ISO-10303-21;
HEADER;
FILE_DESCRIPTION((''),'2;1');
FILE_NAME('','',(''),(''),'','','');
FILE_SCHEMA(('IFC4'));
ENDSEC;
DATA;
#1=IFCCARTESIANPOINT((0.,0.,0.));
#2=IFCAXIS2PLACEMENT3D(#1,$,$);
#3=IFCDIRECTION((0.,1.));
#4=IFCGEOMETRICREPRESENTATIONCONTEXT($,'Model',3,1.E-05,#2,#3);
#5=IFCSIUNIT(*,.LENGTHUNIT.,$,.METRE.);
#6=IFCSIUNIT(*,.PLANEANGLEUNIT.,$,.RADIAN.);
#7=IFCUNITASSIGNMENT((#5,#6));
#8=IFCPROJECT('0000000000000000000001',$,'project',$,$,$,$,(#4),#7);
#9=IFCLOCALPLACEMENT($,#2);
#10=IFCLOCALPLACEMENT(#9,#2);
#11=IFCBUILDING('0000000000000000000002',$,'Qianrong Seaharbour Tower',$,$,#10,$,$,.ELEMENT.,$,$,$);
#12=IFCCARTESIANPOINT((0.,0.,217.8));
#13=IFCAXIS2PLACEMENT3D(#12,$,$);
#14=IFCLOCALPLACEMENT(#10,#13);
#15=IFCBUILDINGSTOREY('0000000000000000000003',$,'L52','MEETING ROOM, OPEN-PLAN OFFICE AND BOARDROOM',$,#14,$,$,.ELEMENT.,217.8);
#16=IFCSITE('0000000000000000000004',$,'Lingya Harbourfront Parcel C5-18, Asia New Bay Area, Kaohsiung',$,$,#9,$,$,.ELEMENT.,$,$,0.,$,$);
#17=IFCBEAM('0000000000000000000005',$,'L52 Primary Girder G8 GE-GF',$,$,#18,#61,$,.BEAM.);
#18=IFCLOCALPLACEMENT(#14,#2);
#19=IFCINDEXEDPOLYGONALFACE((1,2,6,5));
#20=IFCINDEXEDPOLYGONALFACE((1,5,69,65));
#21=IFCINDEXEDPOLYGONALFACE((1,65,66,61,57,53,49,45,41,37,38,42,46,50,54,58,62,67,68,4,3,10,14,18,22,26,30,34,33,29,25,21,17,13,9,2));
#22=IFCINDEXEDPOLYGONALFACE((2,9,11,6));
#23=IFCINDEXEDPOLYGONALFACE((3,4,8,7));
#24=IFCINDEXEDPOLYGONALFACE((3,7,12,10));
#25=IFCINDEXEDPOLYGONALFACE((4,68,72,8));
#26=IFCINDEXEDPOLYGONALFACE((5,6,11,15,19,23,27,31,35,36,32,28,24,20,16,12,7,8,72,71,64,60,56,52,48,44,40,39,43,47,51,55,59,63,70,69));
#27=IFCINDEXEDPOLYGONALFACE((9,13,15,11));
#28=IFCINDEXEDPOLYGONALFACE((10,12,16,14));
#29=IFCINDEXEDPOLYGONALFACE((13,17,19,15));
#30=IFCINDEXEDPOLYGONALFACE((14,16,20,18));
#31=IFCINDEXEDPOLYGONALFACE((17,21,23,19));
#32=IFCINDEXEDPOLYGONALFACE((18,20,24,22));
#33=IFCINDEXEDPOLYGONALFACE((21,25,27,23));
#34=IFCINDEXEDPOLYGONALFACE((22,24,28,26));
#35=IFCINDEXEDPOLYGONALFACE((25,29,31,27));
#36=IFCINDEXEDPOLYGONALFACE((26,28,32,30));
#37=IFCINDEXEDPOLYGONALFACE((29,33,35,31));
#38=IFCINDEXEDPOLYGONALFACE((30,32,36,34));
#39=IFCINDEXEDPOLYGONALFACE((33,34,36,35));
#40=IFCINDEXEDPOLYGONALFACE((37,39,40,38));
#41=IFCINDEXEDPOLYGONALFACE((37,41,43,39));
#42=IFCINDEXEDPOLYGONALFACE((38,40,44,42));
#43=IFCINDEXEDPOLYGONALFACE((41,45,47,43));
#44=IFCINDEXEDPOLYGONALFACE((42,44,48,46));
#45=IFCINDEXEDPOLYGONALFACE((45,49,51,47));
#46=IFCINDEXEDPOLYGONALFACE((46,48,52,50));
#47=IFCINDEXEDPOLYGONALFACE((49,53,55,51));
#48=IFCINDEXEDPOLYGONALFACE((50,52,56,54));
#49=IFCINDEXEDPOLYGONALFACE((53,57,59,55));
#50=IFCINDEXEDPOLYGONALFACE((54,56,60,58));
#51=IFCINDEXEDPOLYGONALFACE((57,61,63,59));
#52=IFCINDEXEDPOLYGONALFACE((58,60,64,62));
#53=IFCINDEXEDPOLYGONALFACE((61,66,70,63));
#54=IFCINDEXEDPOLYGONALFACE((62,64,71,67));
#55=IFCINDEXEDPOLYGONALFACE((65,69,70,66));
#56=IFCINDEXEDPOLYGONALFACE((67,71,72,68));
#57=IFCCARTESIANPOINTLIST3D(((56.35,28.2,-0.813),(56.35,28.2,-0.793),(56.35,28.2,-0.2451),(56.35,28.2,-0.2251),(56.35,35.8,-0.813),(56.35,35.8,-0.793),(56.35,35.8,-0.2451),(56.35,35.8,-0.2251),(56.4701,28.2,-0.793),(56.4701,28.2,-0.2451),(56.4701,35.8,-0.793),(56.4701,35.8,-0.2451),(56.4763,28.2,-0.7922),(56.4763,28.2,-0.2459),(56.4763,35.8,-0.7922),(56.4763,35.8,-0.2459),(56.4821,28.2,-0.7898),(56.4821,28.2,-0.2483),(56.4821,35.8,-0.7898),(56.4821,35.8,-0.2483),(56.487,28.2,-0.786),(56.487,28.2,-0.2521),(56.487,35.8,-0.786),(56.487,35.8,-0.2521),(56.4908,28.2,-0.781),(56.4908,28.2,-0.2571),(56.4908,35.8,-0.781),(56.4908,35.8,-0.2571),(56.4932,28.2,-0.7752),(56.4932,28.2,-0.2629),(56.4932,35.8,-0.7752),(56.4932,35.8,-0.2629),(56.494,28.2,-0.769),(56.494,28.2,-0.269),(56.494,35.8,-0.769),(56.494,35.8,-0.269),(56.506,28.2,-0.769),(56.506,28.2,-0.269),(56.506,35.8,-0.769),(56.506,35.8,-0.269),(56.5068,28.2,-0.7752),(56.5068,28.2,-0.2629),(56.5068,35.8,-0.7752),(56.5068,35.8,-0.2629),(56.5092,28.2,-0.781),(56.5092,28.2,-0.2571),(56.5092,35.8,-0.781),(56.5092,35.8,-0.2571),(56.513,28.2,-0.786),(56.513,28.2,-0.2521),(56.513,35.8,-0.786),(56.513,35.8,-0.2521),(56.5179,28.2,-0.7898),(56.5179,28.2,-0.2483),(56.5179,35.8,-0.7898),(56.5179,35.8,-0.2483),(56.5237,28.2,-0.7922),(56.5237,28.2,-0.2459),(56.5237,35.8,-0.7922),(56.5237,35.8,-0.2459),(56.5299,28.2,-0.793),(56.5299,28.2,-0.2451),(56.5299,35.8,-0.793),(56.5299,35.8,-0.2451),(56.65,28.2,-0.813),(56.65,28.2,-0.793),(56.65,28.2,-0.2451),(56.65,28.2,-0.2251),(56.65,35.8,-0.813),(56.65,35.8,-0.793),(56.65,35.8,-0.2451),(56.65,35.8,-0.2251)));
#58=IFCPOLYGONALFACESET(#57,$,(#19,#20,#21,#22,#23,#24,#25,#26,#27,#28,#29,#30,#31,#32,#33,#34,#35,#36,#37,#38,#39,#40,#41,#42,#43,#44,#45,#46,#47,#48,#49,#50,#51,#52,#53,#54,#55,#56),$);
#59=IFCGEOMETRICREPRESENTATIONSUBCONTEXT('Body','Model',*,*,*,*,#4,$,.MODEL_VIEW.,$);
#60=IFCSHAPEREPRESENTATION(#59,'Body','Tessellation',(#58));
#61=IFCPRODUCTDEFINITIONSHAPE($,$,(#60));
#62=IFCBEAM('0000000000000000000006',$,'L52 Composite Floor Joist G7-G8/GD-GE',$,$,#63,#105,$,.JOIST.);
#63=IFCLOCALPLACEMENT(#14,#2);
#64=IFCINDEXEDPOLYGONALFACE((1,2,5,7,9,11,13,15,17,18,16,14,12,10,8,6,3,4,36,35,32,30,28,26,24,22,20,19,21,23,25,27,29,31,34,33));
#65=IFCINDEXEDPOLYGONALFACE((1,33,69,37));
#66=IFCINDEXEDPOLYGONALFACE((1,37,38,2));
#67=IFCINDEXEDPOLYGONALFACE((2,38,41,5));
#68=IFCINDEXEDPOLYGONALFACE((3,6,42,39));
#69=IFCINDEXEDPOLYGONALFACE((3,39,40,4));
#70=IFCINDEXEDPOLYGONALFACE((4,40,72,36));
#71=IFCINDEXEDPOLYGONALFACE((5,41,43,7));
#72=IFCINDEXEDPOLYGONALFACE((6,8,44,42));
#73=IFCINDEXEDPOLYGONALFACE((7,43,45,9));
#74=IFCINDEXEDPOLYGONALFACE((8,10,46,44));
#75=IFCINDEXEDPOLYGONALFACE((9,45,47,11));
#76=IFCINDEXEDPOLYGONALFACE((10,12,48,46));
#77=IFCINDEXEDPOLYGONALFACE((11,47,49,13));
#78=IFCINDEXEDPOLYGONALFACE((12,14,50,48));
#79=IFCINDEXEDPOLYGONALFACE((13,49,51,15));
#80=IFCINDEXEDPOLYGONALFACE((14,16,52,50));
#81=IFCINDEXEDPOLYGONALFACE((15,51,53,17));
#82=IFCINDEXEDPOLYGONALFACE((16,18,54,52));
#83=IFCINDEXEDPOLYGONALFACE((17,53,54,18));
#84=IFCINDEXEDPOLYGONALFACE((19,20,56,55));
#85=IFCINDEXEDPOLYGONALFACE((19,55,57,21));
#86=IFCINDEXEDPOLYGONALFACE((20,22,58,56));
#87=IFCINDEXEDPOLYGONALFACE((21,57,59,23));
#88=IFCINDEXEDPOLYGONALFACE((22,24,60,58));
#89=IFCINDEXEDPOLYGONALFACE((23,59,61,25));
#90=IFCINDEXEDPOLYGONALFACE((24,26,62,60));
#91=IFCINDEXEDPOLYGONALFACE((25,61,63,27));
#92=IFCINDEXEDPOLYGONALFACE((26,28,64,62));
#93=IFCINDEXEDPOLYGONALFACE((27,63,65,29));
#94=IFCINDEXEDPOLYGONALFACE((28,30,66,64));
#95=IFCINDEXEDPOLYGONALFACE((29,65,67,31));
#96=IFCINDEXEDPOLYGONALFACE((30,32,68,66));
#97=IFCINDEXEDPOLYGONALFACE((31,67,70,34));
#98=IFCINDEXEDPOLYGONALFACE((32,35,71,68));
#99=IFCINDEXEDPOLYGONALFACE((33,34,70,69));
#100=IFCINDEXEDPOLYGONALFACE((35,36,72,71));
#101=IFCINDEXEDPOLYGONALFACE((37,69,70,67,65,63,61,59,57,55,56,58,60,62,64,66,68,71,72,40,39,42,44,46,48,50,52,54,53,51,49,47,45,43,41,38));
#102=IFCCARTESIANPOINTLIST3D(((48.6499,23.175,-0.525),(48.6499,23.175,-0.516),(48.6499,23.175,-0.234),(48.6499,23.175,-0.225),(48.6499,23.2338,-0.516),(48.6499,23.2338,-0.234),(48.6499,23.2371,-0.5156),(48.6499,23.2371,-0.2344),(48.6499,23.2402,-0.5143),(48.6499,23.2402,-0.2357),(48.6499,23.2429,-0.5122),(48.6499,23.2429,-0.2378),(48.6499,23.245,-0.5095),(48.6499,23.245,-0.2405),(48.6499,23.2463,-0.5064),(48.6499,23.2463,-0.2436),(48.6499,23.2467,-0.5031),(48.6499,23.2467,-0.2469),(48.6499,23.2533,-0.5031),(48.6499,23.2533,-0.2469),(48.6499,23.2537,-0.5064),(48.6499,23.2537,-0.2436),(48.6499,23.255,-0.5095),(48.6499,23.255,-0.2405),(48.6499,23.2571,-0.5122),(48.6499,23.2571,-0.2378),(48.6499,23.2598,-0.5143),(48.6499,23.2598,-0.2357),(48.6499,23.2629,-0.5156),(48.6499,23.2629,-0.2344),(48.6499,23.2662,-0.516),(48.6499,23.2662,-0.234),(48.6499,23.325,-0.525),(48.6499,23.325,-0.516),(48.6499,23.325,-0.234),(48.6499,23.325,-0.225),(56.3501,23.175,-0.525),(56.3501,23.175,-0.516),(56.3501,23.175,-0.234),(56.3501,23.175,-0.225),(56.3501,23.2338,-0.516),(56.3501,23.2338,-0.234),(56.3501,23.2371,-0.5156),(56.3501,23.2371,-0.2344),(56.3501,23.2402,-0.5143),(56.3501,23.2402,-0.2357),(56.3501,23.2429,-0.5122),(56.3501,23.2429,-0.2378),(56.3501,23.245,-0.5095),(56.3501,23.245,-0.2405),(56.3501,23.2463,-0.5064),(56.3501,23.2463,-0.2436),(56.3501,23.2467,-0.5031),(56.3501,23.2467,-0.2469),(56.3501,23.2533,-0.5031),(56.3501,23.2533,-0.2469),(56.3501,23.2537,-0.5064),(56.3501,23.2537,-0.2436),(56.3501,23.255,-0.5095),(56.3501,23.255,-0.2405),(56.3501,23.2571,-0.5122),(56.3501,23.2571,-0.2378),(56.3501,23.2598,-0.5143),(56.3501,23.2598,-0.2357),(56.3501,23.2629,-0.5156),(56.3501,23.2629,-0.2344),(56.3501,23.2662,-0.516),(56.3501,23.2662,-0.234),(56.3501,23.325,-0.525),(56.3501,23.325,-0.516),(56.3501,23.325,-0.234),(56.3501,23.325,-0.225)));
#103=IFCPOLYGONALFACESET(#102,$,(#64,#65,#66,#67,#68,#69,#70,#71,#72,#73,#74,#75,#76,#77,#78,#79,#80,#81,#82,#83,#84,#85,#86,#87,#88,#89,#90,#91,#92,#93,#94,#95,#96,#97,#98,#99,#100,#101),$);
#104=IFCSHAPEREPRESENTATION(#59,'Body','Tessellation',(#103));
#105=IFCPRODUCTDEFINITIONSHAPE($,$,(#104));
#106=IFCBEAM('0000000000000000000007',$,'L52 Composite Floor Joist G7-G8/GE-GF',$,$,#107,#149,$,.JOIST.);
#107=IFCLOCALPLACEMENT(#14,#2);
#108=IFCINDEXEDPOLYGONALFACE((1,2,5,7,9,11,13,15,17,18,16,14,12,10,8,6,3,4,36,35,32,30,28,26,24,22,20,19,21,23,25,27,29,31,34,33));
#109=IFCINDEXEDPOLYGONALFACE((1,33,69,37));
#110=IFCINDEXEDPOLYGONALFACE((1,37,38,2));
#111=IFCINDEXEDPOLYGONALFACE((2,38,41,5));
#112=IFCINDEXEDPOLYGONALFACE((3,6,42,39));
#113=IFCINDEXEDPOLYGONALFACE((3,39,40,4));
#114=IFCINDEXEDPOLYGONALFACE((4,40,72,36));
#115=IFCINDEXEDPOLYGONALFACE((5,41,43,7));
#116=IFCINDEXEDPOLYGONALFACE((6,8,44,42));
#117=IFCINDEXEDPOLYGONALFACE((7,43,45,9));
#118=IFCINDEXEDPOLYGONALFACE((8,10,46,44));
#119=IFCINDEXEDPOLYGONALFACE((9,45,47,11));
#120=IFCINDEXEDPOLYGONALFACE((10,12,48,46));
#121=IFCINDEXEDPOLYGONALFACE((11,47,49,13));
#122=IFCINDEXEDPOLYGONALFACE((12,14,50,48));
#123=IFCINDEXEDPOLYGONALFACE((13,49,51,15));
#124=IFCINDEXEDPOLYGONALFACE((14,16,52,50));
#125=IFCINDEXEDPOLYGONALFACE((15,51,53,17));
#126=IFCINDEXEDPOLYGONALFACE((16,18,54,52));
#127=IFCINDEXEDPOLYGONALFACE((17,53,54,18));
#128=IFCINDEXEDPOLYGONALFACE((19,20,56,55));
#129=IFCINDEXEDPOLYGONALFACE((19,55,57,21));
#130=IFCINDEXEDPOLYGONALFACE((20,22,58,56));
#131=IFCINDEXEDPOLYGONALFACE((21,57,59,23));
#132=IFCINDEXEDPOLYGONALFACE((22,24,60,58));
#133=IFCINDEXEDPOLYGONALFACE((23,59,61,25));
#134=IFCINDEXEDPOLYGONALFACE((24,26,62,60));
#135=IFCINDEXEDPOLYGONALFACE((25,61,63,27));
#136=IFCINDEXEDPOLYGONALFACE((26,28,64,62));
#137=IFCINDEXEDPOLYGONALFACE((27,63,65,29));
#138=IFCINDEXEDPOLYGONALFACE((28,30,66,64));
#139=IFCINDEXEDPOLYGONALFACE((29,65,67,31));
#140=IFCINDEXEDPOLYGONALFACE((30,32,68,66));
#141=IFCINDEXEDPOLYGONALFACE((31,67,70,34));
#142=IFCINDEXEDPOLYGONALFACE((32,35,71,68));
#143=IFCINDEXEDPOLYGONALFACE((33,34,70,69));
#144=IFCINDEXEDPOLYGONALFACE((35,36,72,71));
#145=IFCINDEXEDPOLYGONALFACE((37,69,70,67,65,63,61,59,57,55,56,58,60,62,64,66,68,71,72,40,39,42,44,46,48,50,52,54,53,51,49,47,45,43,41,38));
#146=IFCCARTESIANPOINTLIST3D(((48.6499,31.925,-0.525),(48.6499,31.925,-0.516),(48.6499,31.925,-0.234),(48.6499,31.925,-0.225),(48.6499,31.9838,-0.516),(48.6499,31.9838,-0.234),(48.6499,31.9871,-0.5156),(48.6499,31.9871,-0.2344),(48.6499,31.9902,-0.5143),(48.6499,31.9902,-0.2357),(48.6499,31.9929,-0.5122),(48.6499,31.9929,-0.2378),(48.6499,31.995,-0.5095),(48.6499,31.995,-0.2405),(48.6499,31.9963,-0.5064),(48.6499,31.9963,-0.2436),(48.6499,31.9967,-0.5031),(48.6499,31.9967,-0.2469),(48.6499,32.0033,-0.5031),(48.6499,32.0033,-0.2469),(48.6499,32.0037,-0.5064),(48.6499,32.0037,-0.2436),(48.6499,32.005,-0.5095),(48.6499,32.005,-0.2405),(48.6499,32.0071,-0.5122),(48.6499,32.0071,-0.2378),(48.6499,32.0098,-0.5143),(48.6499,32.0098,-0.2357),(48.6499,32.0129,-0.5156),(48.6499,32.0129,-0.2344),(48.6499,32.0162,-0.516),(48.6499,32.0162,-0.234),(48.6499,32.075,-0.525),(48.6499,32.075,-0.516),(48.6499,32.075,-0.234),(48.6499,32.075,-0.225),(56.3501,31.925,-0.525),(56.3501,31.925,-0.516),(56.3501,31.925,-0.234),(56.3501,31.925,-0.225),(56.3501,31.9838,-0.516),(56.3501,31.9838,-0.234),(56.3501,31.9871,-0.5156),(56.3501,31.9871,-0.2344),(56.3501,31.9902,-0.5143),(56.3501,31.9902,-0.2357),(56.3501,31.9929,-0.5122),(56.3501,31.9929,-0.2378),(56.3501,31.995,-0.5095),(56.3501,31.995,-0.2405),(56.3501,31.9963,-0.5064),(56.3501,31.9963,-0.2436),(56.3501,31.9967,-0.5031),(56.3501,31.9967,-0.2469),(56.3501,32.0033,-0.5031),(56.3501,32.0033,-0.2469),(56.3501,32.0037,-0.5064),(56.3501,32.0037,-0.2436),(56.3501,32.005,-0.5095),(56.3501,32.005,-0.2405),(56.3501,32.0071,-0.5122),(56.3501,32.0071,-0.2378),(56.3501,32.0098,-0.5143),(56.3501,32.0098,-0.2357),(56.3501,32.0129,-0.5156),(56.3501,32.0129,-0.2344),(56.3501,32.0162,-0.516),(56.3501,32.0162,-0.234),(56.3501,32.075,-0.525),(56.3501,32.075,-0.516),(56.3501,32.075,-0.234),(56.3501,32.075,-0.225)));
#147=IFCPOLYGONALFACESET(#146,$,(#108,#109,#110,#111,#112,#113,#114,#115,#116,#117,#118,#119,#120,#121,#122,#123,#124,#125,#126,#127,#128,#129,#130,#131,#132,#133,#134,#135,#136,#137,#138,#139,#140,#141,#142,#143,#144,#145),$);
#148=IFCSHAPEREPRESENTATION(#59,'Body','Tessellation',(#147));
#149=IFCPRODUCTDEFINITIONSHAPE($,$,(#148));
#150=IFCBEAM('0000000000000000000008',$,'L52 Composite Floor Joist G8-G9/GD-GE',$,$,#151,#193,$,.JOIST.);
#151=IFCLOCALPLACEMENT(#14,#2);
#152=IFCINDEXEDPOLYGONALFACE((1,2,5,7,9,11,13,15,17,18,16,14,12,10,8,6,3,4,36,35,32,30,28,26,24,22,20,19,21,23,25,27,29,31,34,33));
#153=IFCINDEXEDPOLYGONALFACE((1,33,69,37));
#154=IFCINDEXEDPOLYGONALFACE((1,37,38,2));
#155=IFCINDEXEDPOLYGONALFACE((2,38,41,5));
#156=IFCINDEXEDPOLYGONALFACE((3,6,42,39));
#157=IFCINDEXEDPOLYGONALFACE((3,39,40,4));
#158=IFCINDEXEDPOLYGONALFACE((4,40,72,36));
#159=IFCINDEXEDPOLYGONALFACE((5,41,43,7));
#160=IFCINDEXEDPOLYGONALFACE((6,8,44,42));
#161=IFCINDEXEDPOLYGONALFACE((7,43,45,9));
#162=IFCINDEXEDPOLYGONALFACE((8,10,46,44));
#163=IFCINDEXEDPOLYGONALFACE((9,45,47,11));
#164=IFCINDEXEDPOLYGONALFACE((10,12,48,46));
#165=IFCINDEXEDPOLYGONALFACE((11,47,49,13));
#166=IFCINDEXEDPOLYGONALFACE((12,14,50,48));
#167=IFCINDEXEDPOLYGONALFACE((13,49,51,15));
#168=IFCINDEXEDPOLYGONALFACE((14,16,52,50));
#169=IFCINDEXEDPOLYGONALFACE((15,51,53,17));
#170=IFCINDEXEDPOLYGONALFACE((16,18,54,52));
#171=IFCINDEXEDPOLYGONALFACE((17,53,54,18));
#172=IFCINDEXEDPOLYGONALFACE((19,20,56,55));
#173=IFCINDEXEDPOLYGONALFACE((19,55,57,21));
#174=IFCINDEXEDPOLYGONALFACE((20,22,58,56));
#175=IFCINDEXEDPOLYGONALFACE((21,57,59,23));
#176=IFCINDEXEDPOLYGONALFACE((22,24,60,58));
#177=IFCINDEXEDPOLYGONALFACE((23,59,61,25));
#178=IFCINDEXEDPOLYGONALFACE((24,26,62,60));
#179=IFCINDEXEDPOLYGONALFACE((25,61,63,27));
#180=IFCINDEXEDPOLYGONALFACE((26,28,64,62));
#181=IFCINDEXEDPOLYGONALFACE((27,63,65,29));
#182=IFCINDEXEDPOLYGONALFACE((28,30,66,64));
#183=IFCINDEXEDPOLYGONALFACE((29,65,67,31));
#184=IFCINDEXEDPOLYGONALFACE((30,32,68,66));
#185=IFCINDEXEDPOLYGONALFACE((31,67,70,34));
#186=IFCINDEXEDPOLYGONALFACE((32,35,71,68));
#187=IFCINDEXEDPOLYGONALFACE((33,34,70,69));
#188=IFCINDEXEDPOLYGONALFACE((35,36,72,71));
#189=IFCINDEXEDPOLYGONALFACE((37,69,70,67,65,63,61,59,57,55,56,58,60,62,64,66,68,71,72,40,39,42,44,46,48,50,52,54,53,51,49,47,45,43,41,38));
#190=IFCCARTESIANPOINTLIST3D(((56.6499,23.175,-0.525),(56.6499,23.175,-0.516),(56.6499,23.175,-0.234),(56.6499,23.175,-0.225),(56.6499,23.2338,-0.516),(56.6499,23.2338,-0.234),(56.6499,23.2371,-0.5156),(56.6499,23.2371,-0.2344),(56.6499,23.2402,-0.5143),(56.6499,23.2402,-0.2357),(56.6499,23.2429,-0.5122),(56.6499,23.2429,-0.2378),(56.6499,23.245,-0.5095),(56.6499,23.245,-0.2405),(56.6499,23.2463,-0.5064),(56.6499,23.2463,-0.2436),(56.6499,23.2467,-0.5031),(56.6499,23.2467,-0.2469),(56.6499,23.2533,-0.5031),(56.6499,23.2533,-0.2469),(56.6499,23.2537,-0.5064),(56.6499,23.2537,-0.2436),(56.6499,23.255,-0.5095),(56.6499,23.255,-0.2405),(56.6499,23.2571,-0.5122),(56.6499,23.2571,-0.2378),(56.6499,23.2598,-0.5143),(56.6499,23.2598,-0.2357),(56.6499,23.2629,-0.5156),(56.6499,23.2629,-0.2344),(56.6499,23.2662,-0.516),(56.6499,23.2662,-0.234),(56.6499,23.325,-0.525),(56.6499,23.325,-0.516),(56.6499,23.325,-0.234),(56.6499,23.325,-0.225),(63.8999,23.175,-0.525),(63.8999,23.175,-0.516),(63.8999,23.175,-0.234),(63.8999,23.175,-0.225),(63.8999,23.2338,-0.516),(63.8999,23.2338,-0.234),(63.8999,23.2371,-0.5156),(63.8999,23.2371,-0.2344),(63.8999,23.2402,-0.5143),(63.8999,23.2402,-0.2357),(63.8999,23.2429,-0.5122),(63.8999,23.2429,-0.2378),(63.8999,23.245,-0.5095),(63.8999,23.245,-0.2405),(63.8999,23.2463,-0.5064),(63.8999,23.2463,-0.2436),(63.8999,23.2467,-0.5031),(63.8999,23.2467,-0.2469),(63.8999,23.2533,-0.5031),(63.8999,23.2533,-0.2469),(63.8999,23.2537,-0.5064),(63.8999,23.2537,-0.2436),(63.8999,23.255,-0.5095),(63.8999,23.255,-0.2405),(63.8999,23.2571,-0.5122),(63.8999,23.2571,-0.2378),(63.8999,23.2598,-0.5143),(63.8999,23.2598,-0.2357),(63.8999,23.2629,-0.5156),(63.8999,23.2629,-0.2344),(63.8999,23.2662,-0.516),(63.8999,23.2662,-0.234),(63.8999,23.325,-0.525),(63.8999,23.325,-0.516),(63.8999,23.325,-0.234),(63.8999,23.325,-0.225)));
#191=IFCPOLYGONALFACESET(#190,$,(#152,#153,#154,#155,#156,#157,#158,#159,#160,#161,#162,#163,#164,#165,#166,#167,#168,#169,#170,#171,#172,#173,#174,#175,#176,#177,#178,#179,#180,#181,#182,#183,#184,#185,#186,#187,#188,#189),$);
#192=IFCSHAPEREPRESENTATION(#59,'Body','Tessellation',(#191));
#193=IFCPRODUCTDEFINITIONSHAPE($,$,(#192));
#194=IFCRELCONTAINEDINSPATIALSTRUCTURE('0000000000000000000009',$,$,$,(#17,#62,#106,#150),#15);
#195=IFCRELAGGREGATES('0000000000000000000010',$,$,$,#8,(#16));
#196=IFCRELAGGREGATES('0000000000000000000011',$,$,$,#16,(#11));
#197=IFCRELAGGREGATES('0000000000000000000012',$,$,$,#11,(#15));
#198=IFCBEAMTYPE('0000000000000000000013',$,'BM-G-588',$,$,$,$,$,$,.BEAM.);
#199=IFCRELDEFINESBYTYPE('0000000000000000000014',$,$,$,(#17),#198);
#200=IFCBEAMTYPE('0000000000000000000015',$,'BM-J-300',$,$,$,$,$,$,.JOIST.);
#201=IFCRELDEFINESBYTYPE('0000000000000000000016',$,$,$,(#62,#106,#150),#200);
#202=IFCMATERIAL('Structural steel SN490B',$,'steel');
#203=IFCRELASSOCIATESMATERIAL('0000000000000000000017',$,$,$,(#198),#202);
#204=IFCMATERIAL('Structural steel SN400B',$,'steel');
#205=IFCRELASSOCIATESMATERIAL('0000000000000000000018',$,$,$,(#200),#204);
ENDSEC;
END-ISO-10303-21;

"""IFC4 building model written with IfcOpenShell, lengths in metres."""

from ifc_helpers import new_model, si_unit, direction, frame, origin, origin_2d, place, context, subcontext, project, spatial, i_section, extrude, material, material_profile, profile_set, type_object, element, save


model = new_model("IFC4")

# Units and contexts
model_context = context("Model", 3, precision=1e-05, world=origin(), true_north=direction((0.0, 1.0)))
body_context = subcontext(model_context, "Body", "Model", "MODEL_VIEW")
ifc_project = project(units=[si_unit("LENGTHUNIT", "METRE"), si_unit("PLANEANGLEUNIT", "RADIAN")], contexts=[model_context])

# Site, building, storey
site_placement = place(None, origin())
site = spatial("IfcSite", under=ifc_project, at=site_placement, Name="Lingya Harbourfront Parcel C5-18, Asia New Bay Area, Kaohsiung", CompositionType="ELEMENT", RefElevation=0.0)
building_placement = place(site_placement, origin())
building = spatial("IfcBuilding", under=site, at=building_placement, Name="Qianrong Seaharbour Tower", CompositionType="ELEMENT")
storey_placement = place(building_placement, frame((0.0, 0.0, 217.8)))
storey = spatial("IfcBuildingStorey", under=building, at=storey_placement, Name="L52", Description="MEETING ROOM, OPEN-PLAN OFFICE AND BOARDROOM", CompositionType="ELEMENT", Elevation=217.8)

# Shared definitions
ifc_material_1 = material(Name="Structural steel SN490B", Category="steel")

# Beams
ifc_material_profile_1 = material_profile(ifc_material_1, i_section(OverallWidth=0.3, OverallDepth=0.5879, WebThickness=0.012, FlangeThickness=0.02, FilletRadius=0.0239, at=origin_2d()), Name="H588x300x12x20")
ifc_profile_set_1 = profile_set([ifc_material_profile_1], Name="Structural steel SN490B")
beam_type_1 = type_object("IfcBeamType", Name="BM-G-588", PredefinedType="BEAM", material=ifc_profile_set_1)
for number, where, z_axis, x_axis, name in (
    (1, (56.5, 28.2, -0.519), (0.0, 1.0, 0.0), (-1.0, 0.0, 0.0), "L52 Primary Girder G8 GE-GF"),
):
    element("IfcBeam", number, at=place(storey_placement, frame(where, z_axis=z_axis, x_axis=x_axis)), inside=storey, type_object=beam_type_1, Name=name, PredefinedType="BEAM", context=body_context, shape_type="SweptSolid", body=[
        extrude(i_section(OverallWidth=0.3, OverallDepth=0.5879, WebThickness=0.012, FlangeThickness=0.02, FilletRadius=0.0239, at=origin_2d()), origin(), (0.0, 0.0, 1.0), 7.6001),
    ])
ifc_material_2 = material(Name="Structural steel SN400B", Category="steel")
ifc_material_profile_2 = material_profile(ifc_material_2, i_section(OverallWidth=0.1499, OverallDepth=0.3, WebThickness=0.0066, FlangeThickness=0.009, FilletRadius=0.0129, at=origin_2d()), Name="H300x150x6.5x9")
ifc_profile_set_2 = profile_set([ifc_material_profile_2], Name="Structural steel SN400B")
beam_type_2 = type_object("IfcBeamType", Name="BM-J-300", PredefinedType="JOIST", material=ifc_profile_set_2)
for number, where, z_axis, x_axis, name in (
    (2, (48.6499, 23.25, -0.375), (1.0, 0.0, 0.0), (0.0, 1.0, 0.0), "L52 Composite Floor Joist G7-G8/GD-GE"),
    (3, (48.6499, 32.0, -0.375), (1.0, 0.0, 0.0), (0.0, 1.0, 0.0), "L52 Composite Floor Joist G7-G8/GE-GF"),
):
    element("IfcBeam", number, at=place(storey_placement, frame(where, z_axis=z_axis, x_axis=x_axis)), inside=storey, type_object=beam_type_2, Name=name, PredefinedType="JOIST", context=body_context, shape_type="SweptSolid", body=[
        extrude(i_section(OverallWidth=0.1499, OverallDepth=0.3, WebThickness=0.0066, FlangeThickness=0.009, FilletRadius=0.0129, at=origin_2d()), origin(), (0.0, 0.0, 1.0), 7.7002),
    ])
for number, where, z_axis, x_axis, name in (
    (4, (56.6499, 23.25, -0.375), (1.0, 0.0, 0.0), (0.0, 1.0, 0.0), "L52 Composite Floor Joist G8-G9/GD-GE"),
):
    element("IfcBeam", number, at=place(storey_placement, frame(where, z_axis=z_axis, x_axis=x_axis)), inside=storey, type_object=beam_type_2, Name=name, PredefinedType="JOIST", context=body_context, shape_type="SweptSolid", body=[
        extrude(i_section(OverallWidth=0.1499, OverallDepth=0.3, WebThickness=0.0066, FlangeThickness=0.009, FilletRadius=0.0129, at=origin_2d()), origin(), (0.0, 0.0, 1.0), 7.25),
    ])

save(model, "model.ifc")
